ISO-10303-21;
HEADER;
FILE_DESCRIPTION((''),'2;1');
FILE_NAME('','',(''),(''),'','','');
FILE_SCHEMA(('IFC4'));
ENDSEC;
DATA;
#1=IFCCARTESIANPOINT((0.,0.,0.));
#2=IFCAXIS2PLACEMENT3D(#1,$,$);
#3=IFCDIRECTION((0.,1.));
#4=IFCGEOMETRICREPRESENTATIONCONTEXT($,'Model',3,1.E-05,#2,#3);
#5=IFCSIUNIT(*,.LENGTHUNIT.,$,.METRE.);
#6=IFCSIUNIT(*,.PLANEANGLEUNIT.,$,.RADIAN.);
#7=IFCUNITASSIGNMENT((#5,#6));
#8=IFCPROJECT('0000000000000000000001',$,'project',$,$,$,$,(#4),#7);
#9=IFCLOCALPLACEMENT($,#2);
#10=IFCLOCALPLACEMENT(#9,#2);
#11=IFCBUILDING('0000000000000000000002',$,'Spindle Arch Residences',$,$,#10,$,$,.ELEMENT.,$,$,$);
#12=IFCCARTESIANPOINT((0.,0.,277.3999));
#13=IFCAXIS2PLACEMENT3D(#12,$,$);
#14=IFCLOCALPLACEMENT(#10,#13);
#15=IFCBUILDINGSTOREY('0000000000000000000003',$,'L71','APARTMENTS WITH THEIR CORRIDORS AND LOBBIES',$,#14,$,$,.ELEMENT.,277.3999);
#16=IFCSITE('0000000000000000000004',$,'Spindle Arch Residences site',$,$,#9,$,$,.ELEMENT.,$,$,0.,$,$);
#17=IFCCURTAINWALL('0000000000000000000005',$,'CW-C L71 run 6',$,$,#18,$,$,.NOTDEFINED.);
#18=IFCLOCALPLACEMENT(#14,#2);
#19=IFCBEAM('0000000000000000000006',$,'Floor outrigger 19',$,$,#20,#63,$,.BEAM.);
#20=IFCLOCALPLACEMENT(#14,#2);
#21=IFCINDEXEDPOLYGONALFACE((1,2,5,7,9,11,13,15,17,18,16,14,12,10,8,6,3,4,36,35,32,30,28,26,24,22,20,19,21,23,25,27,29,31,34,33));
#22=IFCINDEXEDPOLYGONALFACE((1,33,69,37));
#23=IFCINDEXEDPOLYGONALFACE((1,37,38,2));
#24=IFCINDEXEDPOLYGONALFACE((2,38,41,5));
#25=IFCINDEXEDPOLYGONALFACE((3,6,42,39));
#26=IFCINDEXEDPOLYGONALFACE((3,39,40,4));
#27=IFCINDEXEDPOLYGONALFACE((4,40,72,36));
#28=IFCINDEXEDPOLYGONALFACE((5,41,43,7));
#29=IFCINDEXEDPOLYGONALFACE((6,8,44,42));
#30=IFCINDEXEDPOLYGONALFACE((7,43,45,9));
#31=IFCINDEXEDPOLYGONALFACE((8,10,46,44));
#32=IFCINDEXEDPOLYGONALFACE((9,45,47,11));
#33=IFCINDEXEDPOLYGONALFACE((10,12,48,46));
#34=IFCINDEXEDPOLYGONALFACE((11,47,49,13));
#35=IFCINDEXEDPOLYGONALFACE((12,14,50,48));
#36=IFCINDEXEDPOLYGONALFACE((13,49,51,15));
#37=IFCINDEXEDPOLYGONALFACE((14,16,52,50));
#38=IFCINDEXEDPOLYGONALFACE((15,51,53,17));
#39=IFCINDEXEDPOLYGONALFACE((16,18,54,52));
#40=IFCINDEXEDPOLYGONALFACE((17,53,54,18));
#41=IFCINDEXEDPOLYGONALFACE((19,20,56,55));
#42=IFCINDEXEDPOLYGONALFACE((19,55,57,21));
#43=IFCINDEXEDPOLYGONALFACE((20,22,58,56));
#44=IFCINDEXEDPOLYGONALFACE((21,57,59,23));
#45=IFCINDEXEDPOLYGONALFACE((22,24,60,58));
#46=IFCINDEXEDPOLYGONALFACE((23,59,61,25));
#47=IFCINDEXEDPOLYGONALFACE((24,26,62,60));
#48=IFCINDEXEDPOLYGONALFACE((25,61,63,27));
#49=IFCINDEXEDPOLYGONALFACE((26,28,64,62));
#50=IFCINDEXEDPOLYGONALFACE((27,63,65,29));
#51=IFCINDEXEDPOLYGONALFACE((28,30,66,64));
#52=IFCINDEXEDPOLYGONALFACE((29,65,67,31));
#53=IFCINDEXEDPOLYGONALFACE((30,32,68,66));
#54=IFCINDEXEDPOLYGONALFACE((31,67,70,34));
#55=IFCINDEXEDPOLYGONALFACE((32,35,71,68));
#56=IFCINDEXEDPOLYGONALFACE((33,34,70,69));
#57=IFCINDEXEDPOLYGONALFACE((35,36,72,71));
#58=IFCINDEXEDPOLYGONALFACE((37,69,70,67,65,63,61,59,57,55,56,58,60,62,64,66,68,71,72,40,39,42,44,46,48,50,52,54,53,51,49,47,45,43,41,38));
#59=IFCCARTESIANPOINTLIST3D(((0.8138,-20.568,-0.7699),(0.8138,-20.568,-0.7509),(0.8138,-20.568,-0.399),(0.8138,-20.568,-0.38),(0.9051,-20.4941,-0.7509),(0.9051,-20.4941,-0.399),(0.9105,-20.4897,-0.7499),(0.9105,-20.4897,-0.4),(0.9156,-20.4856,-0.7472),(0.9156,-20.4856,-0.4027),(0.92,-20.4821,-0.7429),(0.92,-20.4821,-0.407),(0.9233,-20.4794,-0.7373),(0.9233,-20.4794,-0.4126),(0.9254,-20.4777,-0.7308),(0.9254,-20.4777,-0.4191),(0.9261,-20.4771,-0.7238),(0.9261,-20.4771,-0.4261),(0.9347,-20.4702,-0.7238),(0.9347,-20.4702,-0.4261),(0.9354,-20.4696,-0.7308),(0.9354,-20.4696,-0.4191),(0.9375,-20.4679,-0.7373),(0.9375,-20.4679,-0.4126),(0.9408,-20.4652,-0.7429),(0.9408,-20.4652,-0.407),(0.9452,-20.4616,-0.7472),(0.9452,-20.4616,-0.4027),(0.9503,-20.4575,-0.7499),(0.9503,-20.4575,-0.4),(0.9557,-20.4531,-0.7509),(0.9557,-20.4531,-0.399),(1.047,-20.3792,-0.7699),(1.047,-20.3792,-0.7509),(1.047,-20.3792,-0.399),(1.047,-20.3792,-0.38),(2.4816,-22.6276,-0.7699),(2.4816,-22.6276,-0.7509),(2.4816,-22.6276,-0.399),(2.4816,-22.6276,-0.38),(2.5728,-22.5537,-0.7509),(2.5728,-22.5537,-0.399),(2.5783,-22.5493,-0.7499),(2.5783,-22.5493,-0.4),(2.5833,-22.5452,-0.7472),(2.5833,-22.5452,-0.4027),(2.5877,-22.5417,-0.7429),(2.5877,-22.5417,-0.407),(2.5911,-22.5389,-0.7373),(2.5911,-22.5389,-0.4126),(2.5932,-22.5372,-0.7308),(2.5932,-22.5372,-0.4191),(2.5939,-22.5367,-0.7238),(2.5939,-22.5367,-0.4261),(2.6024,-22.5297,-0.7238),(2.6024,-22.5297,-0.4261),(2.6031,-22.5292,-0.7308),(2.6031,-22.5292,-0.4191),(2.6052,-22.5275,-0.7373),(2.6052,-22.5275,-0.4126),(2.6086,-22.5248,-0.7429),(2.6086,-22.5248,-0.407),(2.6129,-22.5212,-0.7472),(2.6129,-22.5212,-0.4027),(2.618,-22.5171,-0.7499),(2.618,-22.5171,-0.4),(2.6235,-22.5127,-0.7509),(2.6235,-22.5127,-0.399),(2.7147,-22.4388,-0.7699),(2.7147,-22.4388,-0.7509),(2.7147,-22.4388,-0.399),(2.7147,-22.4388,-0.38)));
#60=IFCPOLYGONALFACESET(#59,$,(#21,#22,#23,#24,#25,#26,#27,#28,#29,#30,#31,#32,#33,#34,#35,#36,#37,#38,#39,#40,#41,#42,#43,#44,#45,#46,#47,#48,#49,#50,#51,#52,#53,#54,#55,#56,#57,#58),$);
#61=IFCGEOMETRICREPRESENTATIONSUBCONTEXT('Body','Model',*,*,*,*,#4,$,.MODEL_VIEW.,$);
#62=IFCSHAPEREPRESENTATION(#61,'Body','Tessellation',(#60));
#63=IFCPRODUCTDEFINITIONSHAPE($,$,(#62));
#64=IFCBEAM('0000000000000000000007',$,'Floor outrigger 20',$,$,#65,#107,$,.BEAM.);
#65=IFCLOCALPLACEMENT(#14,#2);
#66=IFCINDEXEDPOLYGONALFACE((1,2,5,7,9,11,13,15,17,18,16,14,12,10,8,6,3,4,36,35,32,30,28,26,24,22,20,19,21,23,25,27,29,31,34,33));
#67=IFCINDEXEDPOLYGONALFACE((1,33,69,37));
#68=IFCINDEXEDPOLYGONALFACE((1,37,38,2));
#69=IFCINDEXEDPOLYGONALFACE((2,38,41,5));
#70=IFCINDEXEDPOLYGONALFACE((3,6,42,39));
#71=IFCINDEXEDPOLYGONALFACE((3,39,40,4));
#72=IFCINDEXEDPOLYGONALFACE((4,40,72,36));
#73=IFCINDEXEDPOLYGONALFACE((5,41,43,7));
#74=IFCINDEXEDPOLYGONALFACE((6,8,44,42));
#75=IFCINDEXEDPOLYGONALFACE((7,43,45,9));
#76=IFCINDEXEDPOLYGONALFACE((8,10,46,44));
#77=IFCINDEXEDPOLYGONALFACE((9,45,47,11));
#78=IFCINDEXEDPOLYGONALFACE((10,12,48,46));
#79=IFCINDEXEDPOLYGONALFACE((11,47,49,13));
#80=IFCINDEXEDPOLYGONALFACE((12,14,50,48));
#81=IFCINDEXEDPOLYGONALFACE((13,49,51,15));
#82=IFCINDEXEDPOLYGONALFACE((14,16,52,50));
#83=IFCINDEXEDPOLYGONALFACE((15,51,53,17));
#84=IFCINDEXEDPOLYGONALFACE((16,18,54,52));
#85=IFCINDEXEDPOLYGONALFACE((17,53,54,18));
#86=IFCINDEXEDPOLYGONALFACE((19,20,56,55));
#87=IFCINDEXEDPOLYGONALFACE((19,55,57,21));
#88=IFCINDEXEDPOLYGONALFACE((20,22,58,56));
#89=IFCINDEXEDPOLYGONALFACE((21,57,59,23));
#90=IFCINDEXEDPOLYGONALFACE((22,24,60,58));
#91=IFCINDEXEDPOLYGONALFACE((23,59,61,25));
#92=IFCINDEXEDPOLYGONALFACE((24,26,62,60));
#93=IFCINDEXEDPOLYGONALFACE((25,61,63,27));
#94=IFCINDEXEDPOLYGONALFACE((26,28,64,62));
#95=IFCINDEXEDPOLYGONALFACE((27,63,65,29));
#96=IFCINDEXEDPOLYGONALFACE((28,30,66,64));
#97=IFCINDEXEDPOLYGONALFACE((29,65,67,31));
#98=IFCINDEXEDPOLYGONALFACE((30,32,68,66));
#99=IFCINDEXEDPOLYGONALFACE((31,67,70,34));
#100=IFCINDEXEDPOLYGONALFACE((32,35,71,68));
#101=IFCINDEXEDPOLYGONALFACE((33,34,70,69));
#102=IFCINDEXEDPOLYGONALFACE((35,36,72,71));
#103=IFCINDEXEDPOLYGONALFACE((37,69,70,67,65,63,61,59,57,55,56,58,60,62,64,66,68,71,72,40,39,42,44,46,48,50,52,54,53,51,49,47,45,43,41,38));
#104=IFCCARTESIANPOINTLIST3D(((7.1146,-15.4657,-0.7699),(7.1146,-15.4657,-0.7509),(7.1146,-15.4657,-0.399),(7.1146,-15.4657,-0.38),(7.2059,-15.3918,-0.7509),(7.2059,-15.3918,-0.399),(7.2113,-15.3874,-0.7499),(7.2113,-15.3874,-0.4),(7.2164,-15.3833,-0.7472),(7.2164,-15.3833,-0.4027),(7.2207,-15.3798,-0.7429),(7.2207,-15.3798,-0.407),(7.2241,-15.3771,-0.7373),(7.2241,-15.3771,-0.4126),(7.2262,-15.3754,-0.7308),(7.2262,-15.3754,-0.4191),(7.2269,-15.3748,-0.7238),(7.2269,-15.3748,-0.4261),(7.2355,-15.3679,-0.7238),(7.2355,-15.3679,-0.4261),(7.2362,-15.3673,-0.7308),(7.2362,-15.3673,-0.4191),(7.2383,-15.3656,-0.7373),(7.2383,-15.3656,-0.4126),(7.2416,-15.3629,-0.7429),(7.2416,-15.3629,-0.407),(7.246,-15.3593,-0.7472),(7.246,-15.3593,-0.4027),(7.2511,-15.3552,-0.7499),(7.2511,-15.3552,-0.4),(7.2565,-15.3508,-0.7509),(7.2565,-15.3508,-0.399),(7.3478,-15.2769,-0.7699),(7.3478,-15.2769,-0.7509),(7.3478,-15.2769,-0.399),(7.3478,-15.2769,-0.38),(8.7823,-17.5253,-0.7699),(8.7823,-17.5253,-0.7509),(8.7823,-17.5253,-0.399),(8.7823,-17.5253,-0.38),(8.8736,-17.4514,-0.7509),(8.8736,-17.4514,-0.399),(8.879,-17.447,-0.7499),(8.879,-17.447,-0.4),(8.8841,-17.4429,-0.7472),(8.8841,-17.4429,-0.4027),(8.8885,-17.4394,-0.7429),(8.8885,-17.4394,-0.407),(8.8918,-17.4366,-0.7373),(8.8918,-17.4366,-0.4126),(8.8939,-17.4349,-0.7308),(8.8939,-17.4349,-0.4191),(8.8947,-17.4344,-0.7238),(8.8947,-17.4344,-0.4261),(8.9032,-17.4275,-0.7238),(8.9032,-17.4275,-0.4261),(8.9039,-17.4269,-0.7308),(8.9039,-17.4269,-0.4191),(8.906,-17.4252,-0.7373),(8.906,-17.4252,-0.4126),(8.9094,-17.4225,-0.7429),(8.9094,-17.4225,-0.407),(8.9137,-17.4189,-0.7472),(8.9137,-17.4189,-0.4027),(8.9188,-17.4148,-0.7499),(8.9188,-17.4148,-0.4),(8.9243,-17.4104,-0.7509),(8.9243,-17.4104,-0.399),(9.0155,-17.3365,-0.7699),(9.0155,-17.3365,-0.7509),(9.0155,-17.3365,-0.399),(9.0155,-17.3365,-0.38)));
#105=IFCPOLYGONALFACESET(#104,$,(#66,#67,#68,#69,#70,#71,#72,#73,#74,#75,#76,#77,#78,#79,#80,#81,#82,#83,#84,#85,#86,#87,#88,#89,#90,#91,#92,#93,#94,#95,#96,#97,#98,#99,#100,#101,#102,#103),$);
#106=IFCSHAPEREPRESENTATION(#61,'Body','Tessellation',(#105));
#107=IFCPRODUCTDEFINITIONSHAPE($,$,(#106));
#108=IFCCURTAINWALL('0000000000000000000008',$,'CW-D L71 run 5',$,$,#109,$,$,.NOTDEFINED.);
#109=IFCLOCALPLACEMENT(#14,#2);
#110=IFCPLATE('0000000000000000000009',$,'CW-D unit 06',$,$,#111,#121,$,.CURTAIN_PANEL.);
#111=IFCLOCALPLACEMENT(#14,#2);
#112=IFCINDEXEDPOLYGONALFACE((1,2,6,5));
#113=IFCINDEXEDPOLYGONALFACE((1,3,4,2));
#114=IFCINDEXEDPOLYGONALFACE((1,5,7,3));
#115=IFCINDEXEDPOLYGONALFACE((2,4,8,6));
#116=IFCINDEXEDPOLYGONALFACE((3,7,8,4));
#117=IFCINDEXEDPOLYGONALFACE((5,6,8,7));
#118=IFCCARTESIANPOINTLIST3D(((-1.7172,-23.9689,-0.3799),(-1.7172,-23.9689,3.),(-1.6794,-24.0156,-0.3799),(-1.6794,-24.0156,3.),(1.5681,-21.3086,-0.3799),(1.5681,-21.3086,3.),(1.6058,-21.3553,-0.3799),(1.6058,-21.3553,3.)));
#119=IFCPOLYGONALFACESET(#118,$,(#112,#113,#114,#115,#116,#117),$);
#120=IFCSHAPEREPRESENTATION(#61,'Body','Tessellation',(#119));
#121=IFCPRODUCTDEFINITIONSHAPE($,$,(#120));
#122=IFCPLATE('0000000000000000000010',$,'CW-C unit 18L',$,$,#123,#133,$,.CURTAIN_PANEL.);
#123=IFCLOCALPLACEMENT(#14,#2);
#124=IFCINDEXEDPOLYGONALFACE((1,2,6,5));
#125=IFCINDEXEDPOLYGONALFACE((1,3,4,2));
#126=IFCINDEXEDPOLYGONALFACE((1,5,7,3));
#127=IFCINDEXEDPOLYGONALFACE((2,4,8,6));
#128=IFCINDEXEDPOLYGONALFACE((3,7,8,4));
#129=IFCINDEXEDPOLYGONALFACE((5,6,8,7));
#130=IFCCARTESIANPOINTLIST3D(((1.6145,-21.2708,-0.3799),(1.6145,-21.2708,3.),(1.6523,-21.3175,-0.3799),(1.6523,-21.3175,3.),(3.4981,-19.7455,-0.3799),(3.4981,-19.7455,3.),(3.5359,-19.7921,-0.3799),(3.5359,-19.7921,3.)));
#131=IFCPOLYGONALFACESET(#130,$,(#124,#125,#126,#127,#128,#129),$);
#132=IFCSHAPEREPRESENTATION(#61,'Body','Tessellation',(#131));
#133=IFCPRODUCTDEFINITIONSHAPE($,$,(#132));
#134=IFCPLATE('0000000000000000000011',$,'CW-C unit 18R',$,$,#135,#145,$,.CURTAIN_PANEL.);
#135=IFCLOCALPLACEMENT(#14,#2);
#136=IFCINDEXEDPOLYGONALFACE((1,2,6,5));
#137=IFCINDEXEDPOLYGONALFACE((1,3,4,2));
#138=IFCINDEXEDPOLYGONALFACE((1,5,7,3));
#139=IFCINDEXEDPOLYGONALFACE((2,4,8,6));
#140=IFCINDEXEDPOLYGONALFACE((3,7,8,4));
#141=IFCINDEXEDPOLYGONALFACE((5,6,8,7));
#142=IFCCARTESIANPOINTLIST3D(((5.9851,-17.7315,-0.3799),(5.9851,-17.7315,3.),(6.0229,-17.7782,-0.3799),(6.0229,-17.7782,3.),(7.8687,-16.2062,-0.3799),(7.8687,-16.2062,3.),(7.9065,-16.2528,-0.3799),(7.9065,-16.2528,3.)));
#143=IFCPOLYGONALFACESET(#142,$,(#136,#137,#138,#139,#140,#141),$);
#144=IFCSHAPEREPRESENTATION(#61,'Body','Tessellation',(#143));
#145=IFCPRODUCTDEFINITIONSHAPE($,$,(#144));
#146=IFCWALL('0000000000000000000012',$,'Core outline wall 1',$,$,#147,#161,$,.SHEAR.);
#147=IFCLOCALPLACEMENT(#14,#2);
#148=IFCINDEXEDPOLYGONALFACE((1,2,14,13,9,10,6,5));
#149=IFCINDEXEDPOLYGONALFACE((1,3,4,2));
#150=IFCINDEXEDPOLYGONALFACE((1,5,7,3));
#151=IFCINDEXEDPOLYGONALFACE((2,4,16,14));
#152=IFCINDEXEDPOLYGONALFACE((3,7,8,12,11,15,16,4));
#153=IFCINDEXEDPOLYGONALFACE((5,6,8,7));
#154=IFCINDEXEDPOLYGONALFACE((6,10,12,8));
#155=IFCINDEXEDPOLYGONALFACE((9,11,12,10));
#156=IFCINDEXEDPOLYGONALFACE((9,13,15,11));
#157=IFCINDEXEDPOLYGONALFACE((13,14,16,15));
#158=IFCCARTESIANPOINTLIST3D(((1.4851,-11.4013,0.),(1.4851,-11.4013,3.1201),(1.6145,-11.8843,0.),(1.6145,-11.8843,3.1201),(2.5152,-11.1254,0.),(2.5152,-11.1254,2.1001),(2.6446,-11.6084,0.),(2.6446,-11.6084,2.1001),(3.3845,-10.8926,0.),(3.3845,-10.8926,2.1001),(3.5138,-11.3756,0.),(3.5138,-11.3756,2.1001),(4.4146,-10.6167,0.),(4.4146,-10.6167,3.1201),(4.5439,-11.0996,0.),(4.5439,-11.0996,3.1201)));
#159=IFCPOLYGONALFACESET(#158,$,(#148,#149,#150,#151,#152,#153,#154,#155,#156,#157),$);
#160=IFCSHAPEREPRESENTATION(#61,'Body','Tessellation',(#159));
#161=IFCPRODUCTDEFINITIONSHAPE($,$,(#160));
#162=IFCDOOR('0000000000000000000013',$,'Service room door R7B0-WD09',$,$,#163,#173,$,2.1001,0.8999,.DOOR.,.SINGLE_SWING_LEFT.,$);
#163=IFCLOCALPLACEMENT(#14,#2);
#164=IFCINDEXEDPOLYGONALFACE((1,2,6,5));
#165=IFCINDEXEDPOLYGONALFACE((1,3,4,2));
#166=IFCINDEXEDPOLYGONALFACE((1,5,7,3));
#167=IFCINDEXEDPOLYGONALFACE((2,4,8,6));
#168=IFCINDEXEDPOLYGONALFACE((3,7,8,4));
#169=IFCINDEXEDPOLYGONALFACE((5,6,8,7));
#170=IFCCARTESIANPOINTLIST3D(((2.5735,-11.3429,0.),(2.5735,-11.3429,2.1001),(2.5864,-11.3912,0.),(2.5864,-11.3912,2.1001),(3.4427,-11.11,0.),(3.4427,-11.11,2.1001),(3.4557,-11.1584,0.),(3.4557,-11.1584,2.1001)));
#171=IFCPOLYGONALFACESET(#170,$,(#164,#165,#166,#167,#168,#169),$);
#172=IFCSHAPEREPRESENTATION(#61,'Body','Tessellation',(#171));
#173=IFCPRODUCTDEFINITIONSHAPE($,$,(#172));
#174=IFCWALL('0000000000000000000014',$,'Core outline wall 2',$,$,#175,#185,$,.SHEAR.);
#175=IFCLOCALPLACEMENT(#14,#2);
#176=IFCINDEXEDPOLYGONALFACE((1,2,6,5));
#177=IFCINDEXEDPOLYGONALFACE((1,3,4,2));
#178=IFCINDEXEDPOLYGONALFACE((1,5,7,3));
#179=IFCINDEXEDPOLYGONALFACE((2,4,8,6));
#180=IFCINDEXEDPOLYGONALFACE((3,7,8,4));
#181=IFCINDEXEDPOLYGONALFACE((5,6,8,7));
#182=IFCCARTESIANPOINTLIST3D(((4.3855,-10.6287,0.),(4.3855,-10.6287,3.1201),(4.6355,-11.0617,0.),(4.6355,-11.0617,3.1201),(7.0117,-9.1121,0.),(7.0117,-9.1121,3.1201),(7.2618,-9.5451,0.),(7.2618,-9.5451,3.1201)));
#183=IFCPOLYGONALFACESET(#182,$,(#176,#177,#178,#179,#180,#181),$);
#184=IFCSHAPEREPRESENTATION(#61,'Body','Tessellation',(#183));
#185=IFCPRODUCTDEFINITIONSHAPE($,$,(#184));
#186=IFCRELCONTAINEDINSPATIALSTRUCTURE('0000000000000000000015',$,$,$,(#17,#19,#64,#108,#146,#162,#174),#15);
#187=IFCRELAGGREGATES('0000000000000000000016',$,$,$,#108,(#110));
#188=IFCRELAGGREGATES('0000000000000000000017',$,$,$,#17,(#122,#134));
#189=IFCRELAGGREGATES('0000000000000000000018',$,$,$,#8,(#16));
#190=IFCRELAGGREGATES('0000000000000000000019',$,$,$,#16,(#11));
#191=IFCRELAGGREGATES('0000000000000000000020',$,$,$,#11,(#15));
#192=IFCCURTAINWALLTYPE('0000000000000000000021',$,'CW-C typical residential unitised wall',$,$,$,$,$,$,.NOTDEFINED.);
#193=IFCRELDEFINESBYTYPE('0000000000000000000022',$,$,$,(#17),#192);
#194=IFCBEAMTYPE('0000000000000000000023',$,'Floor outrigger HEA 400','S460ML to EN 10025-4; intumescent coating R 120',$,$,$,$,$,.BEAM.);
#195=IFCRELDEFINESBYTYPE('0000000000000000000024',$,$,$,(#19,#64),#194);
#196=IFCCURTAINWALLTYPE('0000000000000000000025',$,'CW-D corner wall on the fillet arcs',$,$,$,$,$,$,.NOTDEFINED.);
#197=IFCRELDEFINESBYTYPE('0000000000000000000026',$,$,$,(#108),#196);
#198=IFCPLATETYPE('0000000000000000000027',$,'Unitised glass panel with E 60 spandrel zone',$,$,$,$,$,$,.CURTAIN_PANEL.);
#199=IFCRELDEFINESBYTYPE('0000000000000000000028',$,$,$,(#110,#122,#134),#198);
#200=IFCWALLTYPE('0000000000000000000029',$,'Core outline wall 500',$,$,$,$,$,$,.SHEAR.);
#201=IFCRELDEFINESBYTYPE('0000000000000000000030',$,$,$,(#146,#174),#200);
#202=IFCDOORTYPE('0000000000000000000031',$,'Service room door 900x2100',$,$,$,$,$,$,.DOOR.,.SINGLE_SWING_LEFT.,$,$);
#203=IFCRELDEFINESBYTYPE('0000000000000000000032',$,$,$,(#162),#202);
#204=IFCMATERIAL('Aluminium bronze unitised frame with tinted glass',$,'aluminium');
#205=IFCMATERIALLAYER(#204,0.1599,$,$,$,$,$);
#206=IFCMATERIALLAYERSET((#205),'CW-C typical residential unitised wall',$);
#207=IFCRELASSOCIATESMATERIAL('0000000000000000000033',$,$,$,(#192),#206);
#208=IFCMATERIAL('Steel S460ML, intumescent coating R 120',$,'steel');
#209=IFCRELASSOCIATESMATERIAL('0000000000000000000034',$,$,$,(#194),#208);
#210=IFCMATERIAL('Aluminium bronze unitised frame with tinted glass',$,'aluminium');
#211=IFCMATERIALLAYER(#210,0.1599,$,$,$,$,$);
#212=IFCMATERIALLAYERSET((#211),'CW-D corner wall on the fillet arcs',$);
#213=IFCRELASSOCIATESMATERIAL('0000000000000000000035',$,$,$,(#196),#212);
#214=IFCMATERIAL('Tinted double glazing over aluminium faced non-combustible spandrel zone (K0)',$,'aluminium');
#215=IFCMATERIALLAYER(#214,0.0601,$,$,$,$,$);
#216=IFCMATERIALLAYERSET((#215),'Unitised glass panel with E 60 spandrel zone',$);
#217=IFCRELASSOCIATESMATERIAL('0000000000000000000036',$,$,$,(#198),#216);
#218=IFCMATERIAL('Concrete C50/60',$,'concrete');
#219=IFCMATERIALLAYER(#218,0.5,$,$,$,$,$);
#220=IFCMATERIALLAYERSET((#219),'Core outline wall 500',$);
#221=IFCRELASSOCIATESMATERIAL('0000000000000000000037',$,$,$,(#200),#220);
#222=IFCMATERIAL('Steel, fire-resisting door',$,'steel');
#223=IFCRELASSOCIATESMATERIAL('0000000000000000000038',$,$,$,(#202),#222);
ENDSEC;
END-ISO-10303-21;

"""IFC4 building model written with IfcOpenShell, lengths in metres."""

from ifc_helpers import new_model, si_unit, direction, frame, frame_2d, origin, origin_2d, place, context, subcontext, project, spatial, rectangle, i_section, extrude, material, layer, layer_set, material_profile, profile_set, type_object, element, fill, aggregate, save


model = new_model("IFC4")

# Units and contexts
model_context = context("Model", 3, precision=1e-05, world=origin(), true_north=direction((0.0, 1.0)))
body_context = subcontext(model_context, "Body", "Model", "MODEL_VIEW")
ifc_project = project(units=[si_unit("LENGTHUNIT", "METRE"), si_unit("PLANEANGLEUNIT", "RADIAN")], contexts=[model_context])

# Site, building, storey
site_placement = place(None, origin())
site = spatial("IfcSite", under=ifc_project, at=site_placement, Name="Spindle Arch Residences site", CompositionType="ELEMENT", RefElevation=0.0)
building_placement = place(site_placement, origin())
building = spatial("IfcBuilding", under=site, at=building_placement, Name="Spindle Arch Residences", CompositionType="ELEMENT")
storey_placement = place(building_placement, frame((0.0, 0.0, 277.3999)))
storey = spatial("IfcBuildingStorey", under=building, at=storey_placement, Name="L71", Description="APARTMENTS WITH THEIR CORRIDORS AND LOBBIES", CompositionType="ELEMENT", Elevation=277.3999)

# Curtain wall
ifc_material_1 = material(Name="Aluminium bronze unitised frame with tinted glass", Category="aluminium")
ifc_layer_1 = layer(ifc_material_1, 0.1599)
ifc_layer_set_1 = layer_set([ifc_layer_1], Name="CW-C typical residential unitised wall")
curtain_wall_type_1 = type_object("IfcCurtainWallType", Name="CW-C typical residential unitised wall", PredefinedType="NOTDEFINED", material=ifc_layer_set_1)
curtain_wall_1_placement = place(storey_placement, origin())
curtain_wall_1 = element("IfcCurtainWall", 1, at=curtain_wall_1_placement, inside=storey, type_object=curtain_wall_type_1, Name="CW-C L71 run 6", PredefinedType="NOTDEFINED")

# Beams
ifc_material_2 = material(Name="Steel S460ML, intumescent coating R 120", Category="steel")
ifc_material_profile_1 = material_profile(ifc_material_2, i_section(OverallWidth=0.3, OverallDepth=0.3899, WebThickness=0.011, FlangeThickness=0.019, FilletRadius=0.0271, at=origin_2d()), Name="HEA 400")
ifc_profile_set_1 = profile_set([ifc_material_profile_1], Name="Steel S460ML, intumescent coating R 120")
beam_type_1 = type_object("IfcBeamType", Name="Floor outrigger HEA 400", Description="S460ML to EN 10025-4; intumescent coating R 120", PredefinedType="BEAM", material=ifc_profile_set_1)
for number, where, z_axis, x_axis, name in (
    (2, (2.5981, -22.5332, -0.575), (-0.629302, 0.777161, 0.0), (-0.777161, -0.629302, 0.0), "Floor outrigger 19"),
    (3, (8.8989, -17.4309, -0.575), (-0.629302, 0.777161, 0.0), (-0.777161, -0.629302, 0.0), "Floor outrigger 20"),
):
    element("IfcBeam", number, at=place(storey_placement, frame(where, z_axis=z_axis, x_axis=x_axis)), inside=storey, type_object=beam_type_1, Name=name, PredefinedType="BEAM", context=body_context, shape_type="SweptSolid", body=[
        extrude(i_section(OverallWidth=0.3, OverallDepth=0.3899, WebThickness=0.011, FlangeThickness=0.019, FilletRadius=0.0271, at=origin_2d()), origin(), (0.0, 0.0, 1.0), 2.6501),
    ])

# Curtain wall, plate
ifc_material_3 = material(Name="Aluminium bronze unitised frame with tinted glass", Category="aluminium")
ifc_layer_2 = layer(ifc_material_3, 0.1599)
ifc_layer_set_2 = layer_set([ifc_layer_2], Name="CW-D corner wall on the fillet arcs")
curtain_wall_type_2 = type_object("IfcCurtainWallType", Name="CW-D corner wall on the fillet arcs", PredefinedType="NOTDEFINED", material=ifc_layer_set_2)
curtain_wall_2_placement = place(storey_placement, origin())
curtain_wall_2 = element("IfcCurtainWall", 4, at=curtain_wall_2_placement, inside=storey, type_object=curtain_wall_type_2, Name="CW-D L71 run 5", PredefinedType="NOTDEFINED")
ifc_material_4 = material(Name="Tinted double glazing over aluminium faced non-combustible spandrel zone (K0)", Category="aluminium")
ifc_layer_3 = layer(ifc_material_4, 0.0601)
ifc_layer_set_3 = layer_set([ifc_layer_3], Name="Unitised glass panel with E 60 spandrel zone")
plate_type = type_object("IfcPlateType", Name="Unitised glass panel with E 60 spandrel zone", PredefinedType="CURTAIN_PANEL", material=ifc_layer_set_3)
plate_1_placement = place(storey_placement, frame((-0.0557, -22.6621, -0.3799), z_axis=(0.0, 0.0, 1.0), x_axis=(0.777146, 0.62932, 0.0)))
plate_1 = element("IfcPlate", 5, at=plate_1_placement, type_object=plate_type, Name="CW-D unit 06", PredefinedType="CURTAIN_PANEL", context=body_context, shape_type="SweptSolid", body=[
    extrude(rectangle(XDim=4.2273, YDim=0.0601, at=origin_2d()), origin(), (0.0, 0.0, 1.0), 3.3799),
])
aggregate(curtain_wall_2, [plate_1])

# Plates
plate_2_placement = place(storey_placement, frame((2.5752, -20.5315, -0.3799), z_axis=(0.0, 0.0, 1.0), x_axis=(0.777146, 0.62932, 0.0)))
plate_2 = element("IfcPlate", 6, at=plate_2_placement, type_object=plate_type, Name="CW-C unit 18L", PredefinedType="CURTAIN_PANEL", context=body_context, shape_type="SweptSolid", body=[
    extrude(rectangle(XDim=2.4238, YDim=0.0601, at=origin_2d()), origin(), (0.0, 0.0, 1.0), 3.3799),
])
plate_3_placement = place(storey_placement, frame((6.9458, -16.9922, -0.3799), z_axis=(0.0, 0.0, 1.0), x_axis=(0.777146, 0.62932, 0.0)))
plate_3 = element("IfcPlate", 7, at=plate_3_placement, type_object=plate_type, Name="CW-C unit 18R", PredefinedType="CURTAIN_PANEL", context=body_context, shape_type="SweptSolid", body=[
    extrude(rectangle(XDim=2.4238, YDim=0.0601, at=origin_2d()), origin(), (0.0, 0.0, 1.0), 3.3799),
])
aggregate(curtain_wall_1, [plate_2, plate_3])

# Wall, opening, door
ifc_material_5 = material(Name="Concrete C50/60", Category="concrete")
ifc_layer_4 = layer(ifc_material_5, 0.5)
ifc_layer_set_4 = layer_set([ifc_layer_4], Name="Core outline wall 500")
wall_type_1 = type_object("IfcWallType", Name="Core outline wall 500", PredefinedType="SHEAR", material=ifc_layer_set_4)
wall_1_placement = place(storey_placement, frame((1.5498, -11.6428, 0.0), z_axis=(0.0, 0.0, 1.0), x_axis=(0.965948, 0.258735, 0.0)))
wall_1 = element("IfcWall", 8, at=wall_1_placement, inside=storey, type_object=wall_type_1, Name="Core outline wall 1", PredefinedType="SHEAR", context=body_context, shape_type="SweptSolid", body=[
    extrude(rectangle(XDim=3.0327, YDim=0.5, at=frame_2d((1.5164, 0.0))), origin(), (0.0, 0.0, 1.0), 3.1201),
])
opening_1_placement = place(wall_1_placement, frame((1.0664, 0.0, 0.0)))
opening_1 = element("IfcOpeningElement", 9, at=opening_1_placement, cuts=wall_1, PredefinedType="OPENING", context=body_context, shape_type="SweptSolid", body=[
    extrude(rectangle(XDim=0.8999, YDim=2.1001, at=frame_2d((0.45, 1.05))), frame((0.0, 0.26, 0.0), z_axis=(0.0, -1.0, 0.0), x_axis=(1.0, 0.0, 0.0)), (0.0, 0.0, 1.0), 0.52),
])
ifc_material_6 = material(Name="Steel, fire-resisting door", Category="steel")
door_type_1 = type_object("IfcDoorType", Name="Service room door 900x2100", OperationType="SINGLE_SWING_LEFT", PredefinedType="DOOR", material=ifc_material_6)
door_1_placement = place(opening_1_placement, origin())
door_1 = element("IfcDoor", 10, at=door_1_placement, inside=storey, type_object=door_type_1, Name="Service room door R7B0-WD09", OperationType="SINGLE_SWING_LEFT", OverallHeight=2.1001, OverallWidth=0.8999, PredefinedType="DOOR", context=body_context, shape_type="SweptSolid", body=[
    extrude(rectangle(XDim=0.8999, YDim=2.1001, at=frame_2d((0.45, 1.05))), frame((0.0, 0.0249, 0.0), z_axis=(0.0, -1.0, 0.0), x_axis=(1.0, 0.0, 0.0)), (0.0, 0.0, 1.0), 0.05),
])
fill(opening_1, door_1)

# Wall
wall_2_placement = place(storey_placement, frame((4.5105, -10.8452, 0.0), z_axis=(0.0, 0.0, 1.0), x_axis=(0.865975, 0.500087, 0.0)))
element("IfcWall", 11, at=wall_2_placement, inside=storey, type_object=wall_type_1, Name="Core outline wall 2", PredefinedType="SHEAR", context=body_context, shape_type="SweptSolid", body=[
    extrude(rectangle(XDim=3.0327, YDim=0.5, at=frame_2d((1.5164, 0.0))), origin(), (0.0, 0.0, 1.0), 3.1201),
])

save(model, "model.ifc")
